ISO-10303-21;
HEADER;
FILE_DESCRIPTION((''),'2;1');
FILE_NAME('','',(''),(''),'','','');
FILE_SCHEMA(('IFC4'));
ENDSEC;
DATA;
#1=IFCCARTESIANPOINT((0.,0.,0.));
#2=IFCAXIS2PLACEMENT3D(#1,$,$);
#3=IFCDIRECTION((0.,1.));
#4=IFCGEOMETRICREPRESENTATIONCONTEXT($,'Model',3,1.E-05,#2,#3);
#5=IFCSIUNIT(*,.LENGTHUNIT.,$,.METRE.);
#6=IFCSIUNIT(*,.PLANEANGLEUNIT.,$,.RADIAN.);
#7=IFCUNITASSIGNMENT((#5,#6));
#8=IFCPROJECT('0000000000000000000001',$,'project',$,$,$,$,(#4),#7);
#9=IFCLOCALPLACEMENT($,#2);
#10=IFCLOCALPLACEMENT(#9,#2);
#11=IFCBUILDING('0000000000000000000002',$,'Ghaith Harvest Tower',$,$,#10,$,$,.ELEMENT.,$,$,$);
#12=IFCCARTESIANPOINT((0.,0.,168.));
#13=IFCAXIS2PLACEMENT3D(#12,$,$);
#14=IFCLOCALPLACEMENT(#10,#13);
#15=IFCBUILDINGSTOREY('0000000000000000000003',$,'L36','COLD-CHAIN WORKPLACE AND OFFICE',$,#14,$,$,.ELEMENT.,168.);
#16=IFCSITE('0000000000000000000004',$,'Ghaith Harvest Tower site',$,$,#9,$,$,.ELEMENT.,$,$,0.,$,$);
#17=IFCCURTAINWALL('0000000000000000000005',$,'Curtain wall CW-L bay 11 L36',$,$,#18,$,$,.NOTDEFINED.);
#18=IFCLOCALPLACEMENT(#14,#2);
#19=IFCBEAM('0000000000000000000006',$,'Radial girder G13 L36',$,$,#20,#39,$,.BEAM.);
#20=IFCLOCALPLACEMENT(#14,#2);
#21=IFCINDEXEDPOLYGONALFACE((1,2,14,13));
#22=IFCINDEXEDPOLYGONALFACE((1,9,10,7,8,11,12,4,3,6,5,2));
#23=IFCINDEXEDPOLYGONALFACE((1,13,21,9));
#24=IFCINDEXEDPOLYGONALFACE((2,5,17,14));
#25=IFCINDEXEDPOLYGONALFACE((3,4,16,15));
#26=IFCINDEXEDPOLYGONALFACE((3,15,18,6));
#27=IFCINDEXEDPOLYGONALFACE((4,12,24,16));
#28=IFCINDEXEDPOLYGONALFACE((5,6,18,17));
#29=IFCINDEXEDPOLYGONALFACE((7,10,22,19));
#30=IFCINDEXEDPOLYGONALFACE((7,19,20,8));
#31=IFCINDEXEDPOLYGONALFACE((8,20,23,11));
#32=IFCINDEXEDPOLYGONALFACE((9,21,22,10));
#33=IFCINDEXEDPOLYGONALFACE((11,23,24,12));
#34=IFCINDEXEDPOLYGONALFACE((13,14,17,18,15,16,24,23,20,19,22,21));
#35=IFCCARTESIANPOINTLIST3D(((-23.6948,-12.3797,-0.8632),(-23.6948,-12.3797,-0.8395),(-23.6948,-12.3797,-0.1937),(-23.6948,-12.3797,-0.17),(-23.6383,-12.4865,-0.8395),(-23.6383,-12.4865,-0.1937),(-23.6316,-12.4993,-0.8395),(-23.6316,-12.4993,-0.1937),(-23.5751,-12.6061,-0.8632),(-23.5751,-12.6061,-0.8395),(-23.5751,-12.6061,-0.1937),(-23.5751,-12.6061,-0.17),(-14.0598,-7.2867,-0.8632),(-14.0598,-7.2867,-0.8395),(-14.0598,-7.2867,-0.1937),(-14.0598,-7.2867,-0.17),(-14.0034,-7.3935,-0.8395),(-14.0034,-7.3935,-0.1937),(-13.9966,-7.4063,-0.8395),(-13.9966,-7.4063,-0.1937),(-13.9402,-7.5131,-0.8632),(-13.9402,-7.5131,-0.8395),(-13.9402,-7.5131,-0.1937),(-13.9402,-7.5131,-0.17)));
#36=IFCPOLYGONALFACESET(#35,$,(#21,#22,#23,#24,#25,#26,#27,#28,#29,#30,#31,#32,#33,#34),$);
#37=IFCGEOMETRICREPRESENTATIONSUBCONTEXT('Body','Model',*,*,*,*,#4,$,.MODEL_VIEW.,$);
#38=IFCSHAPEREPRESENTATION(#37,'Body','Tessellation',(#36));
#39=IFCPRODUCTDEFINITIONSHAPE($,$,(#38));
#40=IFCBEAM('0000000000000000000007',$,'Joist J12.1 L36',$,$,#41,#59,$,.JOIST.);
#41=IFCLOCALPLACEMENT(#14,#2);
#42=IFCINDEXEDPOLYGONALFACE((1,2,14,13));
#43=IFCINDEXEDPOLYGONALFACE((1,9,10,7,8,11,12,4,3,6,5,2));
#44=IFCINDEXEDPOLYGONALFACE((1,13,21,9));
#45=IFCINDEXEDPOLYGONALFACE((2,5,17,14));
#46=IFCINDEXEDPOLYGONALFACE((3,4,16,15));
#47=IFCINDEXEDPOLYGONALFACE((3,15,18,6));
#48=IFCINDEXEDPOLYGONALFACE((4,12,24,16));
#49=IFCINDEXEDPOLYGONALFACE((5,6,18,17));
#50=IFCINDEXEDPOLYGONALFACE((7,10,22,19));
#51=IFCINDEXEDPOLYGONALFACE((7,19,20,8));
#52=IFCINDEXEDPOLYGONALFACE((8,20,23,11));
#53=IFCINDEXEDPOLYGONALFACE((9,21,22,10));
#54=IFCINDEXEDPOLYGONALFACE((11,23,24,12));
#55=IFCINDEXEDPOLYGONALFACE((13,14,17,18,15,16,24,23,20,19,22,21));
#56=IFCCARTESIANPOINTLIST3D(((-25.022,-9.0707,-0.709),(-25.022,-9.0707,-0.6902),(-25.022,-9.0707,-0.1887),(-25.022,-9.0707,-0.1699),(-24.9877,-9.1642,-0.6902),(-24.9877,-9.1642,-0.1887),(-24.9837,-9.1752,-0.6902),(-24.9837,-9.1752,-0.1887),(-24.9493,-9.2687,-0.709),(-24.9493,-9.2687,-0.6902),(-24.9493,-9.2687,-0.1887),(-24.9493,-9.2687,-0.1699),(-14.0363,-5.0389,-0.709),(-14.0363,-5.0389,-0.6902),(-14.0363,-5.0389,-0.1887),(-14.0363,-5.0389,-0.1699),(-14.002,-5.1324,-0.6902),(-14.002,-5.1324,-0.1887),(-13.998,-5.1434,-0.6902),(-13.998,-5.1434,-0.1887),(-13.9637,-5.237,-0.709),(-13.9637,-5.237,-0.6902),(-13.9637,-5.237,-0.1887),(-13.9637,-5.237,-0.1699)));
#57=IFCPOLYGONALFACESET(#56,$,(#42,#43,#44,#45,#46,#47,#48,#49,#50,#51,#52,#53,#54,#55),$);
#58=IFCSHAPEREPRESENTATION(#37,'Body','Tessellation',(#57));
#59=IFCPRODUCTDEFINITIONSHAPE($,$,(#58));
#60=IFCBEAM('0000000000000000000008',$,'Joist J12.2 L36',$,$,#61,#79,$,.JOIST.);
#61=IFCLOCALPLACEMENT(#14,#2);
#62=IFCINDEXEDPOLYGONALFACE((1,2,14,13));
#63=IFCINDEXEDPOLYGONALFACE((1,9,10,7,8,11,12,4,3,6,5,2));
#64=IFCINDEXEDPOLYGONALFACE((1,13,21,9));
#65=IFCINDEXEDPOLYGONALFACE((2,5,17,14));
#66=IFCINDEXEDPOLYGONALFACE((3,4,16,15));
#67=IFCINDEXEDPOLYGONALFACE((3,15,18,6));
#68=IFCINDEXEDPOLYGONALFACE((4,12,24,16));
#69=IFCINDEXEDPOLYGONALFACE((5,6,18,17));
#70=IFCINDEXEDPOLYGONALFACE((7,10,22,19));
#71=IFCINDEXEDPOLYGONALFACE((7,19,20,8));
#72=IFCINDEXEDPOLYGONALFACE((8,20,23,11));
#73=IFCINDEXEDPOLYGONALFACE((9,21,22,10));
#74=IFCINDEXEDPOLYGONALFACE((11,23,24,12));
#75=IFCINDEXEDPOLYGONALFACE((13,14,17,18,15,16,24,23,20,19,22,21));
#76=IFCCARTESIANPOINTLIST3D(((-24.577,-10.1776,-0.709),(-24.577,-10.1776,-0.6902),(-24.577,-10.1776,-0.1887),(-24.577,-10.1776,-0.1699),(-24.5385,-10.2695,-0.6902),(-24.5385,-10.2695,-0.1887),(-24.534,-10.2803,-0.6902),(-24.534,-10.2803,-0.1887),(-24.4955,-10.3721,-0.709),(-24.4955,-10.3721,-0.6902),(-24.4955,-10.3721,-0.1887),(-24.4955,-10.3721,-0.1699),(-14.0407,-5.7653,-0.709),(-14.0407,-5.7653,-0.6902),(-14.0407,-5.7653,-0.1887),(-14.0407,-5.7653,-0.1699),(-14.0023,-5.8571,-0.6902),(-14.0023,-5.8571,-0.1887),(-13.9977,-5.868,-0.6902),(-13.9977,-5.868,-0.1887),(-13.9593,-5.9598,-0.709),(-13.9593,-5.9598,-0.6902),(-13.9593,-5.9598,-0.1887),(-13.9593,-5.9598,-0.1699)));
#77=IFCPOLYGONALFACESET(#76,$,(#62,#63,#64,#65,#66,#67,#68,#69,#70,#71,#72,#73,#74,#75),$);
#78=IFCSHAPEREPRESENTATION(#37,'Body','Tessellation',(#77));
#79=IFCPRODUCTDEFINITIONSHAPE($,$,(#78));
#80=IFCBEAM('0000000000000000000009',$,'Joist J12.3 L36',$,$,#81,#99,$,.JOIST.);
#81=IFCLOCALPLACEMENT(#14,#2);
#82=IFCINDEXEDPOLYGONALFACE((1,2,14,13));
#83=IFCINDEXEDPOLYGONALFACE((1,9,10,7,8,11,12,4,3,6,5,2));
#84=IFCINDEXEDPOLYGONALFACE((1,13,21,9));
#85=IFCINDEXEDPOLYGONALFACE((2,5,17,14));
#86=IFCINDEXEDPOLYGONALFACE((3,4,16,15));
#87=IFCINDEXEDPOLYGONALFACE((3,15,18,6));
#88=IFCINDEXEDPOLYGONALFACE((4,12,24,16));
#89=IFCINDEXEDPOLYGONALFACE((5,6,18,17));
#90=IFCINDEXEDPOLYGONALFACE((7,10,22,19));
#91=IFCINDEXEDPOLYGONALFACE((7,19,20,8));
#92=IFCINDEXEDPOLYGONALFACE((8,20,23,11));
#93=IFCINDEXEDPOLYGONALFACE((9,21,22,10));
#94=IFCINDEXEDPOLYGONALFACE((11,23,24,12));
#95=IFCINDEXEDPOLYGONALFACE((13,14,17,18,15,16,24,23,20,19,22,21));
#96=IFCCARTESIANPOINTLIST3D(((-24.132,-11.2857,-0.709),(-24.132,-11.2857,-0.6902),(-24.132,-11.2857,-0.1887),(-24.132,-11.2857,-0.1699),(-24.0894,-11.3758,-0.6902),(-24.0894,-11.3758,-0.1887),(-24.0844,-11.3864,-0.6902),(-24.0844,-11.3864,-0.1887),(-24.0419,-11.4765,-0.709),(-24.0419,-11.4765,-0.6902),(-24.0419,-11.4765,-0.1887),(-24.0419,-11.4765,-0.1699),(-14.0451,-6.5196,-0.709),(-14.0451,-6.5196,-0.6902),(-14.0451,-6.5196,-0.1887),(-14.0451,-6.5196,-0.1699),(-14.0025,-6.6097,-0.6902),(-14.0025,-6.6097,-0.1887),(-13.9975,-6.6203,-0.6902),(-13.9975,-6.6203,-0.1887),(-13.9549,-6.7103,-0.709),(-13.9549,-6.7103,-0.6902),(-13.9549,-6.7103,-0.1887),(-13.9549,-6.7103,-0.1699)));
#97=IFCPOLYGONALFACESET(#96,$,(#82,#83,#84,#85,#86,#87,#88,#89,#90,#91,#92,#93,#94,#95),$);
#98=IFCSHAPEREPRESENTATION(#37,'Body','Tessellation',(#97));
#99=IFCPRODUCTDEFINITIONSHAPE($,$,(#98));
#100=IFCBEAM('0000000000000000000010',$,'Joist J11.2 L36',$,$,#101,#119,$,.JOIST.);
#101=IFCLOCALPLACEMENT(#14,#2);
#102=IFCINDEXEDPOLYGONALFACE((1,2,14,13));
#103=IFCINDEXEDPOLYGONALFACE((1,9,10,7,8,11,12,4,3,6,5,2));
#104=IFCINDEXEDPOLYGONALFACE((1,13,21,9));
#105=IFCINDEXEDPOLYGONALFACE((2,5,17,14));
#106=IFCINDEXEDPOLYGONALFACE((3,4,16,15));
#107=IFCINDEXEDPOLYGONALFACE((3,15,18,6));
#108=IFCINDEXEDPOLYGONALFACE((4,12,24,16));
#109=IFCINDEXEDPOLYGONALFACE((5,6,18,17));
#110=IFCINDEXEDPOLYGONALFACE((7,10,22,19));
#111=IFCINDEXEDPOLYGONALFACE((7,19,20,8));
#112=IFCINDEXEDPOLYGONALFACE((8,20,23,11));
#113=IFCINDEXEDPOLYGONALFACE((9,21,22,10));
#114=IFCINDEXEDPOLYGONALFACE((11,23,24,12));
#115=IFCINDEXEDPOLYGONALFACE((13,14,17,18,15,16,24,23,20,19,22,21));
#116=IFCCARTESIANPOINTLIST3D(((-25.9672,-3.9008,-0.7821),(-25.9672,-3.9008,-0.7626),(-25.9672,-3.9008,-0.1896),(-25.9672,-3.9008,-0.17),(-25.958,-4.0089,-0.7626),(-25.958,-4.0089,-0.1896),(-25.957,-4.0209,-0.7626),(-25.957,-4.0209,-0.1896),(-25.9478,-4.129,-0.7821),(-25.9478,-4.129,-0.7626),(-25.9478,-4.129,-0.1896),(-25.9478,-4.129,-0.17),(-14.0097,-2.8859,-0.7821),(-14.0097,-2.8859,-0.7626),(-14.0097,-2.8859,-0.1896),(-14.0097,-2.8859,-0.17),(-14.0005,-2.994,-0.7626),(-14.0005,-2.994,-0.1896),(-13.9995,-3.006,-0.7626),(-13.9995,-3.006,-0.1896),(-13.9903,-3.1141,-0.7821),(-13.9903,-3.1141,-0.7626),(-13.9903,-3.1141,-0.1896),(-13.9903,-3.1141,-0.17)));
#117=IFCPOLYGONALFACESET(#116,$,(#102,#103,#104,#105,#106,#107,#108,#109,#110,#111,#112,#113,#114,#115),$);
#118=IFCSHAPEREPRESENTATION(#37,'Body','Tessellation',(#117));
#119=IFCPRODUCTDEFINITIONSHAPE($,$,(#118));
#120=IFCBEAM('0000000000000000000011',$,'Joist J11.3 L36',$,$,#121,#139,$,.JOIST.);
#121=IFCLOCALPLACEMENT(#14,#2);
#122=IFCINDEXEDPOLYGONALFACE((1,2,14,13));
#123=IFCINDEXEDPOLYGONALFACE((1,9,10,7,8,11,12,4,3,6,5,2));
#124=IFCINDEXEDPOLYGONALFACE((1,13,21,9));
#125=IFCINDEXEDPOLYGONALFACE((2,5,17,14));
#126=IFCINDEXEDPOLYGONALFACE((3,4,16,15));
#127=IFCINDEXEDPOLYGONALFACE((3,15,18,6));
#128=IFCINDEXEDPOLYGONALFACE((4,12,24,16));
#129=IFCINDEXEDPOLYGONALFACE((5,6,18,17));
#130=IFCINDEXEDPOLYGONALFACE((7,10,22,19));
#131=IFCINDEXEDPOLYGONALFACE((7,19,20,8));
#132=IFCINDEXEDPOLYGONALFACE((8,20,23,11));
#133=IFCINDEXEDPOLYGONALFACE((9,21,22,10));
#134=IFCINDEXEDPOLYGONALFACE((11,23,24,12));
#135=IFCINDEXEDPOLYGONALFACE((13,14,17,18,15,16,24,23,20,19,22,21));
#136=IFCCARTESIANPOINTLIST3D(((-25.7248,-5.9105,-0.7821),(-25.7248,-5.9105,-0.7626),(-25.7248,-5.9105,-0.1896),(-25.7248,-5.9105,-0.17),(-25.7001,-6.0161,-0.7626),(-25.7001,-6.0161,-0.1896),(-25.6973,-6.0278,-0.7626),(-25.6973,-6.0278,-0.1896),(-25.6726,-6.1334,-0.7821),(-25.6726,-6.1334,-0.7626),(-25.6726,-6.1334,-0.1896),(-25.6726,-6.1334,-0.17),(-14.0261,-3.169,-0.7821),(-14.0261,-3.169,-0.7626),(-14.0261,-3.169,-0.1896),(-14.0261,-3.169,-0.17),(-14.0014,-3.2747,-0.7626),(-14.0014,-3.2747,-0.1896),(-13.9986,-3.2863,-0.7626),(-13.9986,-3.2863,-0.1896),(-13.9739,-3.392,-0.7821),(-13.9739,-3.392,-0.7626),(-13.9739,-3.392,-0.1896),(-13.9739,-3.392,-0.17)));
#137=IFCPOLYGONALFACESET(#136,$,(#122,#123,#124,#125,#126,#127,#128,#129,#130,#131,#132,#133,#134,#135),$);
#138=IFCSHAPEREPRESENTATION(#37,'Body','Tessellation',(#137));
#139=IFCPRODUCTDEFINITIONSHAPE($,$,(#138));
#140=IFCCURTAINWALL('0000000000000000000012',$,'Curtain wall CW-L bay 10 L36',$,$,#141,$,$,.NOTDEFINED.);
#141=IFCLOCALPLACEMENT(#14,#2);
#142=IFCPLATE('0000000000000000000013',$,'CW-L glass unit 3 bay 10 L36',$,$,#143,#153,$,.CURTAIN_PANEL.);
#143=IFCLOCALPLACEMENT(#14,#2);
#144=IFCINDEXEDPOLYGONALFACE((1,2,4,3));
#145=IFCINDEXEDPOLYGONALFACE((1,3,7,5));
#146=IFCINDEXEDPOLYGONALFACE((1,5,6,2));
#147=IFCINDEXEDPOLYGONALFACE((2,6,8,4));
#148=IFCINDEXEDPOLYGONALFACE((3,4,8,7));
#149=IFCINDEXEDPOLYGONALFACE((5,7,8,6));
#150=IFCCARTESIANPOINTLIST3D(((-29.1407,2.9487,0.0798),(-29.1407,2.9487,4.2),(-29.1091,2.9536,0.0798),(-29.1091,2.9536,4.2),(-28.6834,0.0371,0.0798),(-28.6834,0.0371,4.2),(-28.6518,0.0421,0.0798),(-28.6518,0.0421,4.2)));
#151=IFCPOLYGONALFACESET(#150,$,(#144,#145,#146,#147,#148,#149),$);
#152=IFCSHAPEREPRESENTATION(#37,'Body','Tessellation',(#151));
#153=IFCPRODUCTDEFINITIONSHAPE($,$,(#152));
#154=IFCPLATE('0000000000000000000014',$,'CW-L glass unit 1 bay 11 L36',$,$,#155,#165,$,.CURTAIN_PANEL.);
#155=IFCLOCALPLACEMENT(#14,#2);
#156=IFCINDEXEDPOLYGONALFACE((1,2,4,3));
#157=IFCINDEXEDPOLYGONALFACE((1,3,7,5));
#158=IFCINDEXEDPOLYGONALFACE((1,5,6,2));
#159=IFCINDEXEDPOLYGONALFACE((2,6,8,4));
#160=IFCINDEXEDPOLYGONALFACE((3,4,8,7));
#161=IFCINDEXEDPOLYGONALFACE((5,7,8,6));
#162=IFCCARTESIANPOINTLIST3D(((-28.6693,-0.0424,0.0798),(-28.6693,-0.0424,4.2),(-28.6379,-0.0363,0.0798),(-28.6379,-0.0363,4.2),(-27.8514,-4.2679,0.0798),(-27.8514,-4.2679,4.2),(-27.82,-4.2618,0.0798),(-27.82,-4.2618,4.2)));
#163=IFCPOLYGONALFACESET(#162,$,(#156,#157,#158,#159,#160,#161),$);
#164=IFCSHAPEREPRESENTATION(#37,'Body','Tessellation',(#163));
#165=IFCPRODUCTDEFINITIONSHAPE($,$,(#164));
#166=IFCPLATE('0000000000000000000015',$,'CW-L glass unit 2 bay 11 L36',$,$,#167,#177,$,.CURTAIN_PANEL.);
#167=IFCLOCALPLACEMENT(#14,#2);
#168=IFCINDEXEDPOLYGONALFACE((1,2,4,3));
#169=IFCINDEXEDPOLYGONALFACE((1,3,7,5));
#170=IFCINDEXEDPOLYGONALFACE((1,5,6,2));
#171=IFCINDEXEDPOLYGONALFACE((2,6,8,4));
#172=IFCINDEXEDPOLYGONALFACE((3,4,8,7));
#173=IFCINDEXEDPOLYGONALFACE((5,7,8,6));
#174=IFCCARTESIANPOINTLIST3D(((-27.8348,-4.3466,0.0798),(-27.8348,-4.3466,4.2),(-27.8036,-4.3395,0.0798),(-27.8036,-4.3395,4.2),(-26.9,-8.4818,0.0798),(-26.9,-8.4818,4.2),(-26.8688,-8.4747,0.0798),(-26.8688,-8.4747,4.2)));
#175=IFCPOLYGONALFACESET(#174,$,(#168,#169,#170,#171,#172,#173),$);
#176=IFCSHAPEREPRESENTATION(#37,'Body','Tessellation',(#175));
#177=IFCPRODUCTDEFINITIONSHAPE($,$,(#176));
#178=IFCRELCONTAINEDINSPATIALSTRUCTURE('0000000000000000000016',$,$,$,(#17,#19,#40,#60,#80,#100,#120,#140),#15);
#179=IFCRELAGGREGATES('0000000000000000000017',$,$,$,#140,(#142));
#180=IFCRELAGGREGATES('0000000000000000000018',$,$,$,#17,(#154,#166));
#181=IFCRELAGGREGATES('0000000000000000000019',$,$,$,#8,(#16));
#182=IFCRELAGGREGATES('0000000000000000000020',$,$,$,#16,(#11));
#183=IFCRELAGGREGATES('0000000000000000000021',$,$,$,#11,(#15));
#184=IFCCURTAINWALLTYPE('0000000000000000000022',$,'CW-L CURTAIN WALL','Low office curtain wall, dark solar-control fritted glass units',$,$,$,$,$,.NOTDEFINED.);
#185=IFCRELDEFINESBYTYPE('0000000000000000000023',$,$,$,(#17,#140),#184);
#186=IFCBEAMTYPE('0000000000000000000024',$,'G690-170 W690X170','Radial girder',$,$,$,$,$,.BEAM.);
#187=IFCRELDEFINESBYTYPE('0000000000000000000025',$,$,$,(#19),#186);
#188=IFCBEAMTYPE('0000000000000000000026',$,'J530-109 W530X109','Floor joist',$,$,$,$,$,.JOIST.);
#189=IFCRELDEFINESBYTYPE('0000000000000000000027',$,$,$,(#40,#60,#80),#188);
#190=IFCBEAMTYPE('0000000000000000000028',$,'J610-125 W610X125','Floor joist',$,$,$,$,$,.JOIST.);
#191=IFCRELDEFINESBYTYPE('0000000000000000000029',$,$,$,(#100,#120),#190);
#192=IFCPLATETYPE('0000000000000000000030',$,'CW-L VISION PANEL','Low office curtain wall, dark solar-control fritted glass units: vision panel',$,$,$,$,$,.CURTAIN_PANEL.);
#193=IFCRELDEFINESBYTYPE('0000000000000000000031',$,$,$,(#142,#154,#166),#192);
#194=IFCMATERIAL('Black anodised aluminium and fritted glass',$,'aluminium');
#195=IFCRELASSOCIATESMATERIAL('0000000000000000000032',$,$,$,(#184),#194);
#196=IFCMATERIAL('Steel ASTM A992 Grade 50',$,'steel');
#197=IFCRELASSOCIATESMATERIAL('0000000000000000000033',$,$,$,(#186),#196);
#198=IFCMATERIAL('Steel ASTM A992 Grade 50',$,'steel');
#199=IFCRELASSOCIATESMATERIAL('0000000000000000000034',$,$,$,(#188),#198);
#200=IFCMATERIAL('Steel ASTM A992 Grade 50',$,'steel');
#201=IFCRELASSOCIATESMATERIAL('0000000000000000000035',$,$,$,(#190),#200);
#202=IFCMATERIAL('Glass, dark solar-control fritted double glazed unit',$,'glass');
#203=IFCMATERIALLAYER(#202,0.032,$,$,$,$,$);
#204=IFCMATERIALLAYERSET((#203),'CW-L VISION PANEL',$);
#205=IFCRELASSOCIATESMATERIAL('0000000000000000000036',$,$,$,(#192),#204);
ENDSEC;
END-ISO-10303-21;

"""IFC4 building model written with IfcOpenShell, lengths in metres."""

from ifc_helpers import new_model, si_unit, direction, frame, origin, origin_2d, place, context, subcontext, project, spatial, rectangle, i_section, extrude, material, layer, layer_set, material_profile, profile_set, type_object, element, aggregate, save


model = new_model("IFC4")

# Units and contexts
model_context = context("Model", 3, precision=1e-05, world=origin(), true_north=direction((0.0, 1.0)))
body_context = subcontext(model_context, "Body", "Model", "MODEL_VIEW")
ifc_project = project(units=[si_unit("LENGTHUNIT", "METRE"), si_unit("PLANEANGLEUNIT", "RADIAN")], contexts=[model_context])

# Site, building, storey
site_placement = place(None, origin())
site = spatial("IfcSite", under=ifc_project, at=site_placement, Name="Ghaith Harvest Tower site", CompositionType="ELEMENT", RefElevation=0.0)
building_placement = place(site_placement, origin())
building = spatial("IfcBuilding", under=site, at=building_placement, Name="Ghaith Harvest Tower", CompositionType="ELEMENT")
storey_placement = place(building_placement, frame((0.0, 0.0, 168.0)))
storey = spatial("IfcBuildingStorey", under=building, at=storey_placement, Name="L36", Description="COLD-CHAIN WORKPLACE AND OFFICE", CompositionType="ELEMENT", Elevation=168.0)

# Curtain wall
ifc_material_1 = material(Name="Black anodised aluminium and fritted glass", Category="aluminium")
curtain_wall_type = type_object("IfcCurtainWallType", Name="CW-L CURTAIN WALL", Description="Low office curtain wall, dark solar-control fritted glass units", PredefinedType="NOTDEFINED", material=ifc_material_1)
curtain_wall_1_placement = place(storey_placement, origin())
curtain_wall_1 = element("IfcCurtainWall", 1, at=curtain_wall_1_placement, inside=storey, type_object=curtain_wall_type, Name="Curtain wall CW-L bay 11 L36", PredefinedType="NOTDEFINED")

# Beams
ifc_material_2 = material(Name="Steel ASTM A992 Grade 50", Category="steel")
ifc_material_profile_1 = material_profile(ifc_material_2, i_section(OverallWidth=0.2561, OverallDepth=0.6931, WebThickness=0.0144, FlangeThickness=0.0237, at=origin_2d()), Name="W690X170")
ifc_profile_set_1 = profile_set([ifc_material_profile_1], Name="Steel ASTM A992 Grade 50")
beam_type_1 = type_object("IfcBeamType", Name="G690-170 W690X170", Description="Radial girder", PredefinedType="BEAM", material=ifc_profile_set_1)
beam_1_placement = place(storey_placement, frame((-14.0, -7.3999, -0.5166), z_axis=(-0.884086, -0.467324, 0.0), x_axis=(0.467324, -0.884086, 0.0)))
element("IfcBeam", 2, at=beam_1_placement, inside=storey, type_object=beam_type_1, Name="Radial girder G13 L36", PredefinedType="BEAM", context=body_context, shape_type="SweptSolid", body=[
    extrude(i_section(OverallWidth=0.2561, OverallDepth=0.6931, WebThickness=0.0144, FlangeThickness=0.0237, at=origin_2d()), origin(), (0.0, 0.0, 1.0), 10.8982),
])
ifc_material_3 = material(Name="Steel ASTM A992 Grade 50", Category="steel")
ifc_material_profile_2 = material_profile(ifc_material_3, i_section(OverallWidth=0.2109, OverallDepth=0.5391, WebThickness=0.0117, FlangeThickness=0.0188, at=origin_2d()), Name="W530X109")
ifc_profile_set_2 = profile_set([ifc_material_profile_2], Name="Steel ASTM A992 Grade 50")
beam_type_2 = type_object("IfcBeamType", Name="J530-109 W530X109", Description="Floor joist", PredefinedType="JOIST", material=ifc_profile_set_2)
beam_2_placement = place(storey_placement, frame((-14.0, -5.1379, -0.4395), z_axis=(-0.938774, -0.344532, 0.0), x_axis=(0.344532, -0.938774, 0.0)))
element("IfcBeam", 3, at=beam_2_placement, inside=storey, type_object=beam_type_2, Name="Joist J12.1 L36", PredefinedType="JOIST", context=body_context, shape_type="SweptSolid", body=[
    extrude(i_section(OverallWidth=0.2109, OverallDepth=0.5391, WebThickness=0.0117, FlangeThickness=0.0188, at=origin_2d()), origin(), (0.0, 0.0, 1.0), 11.7021),
])
beam_3_placement = place(storey_placement, frame((-14.0, -5.8625, -0.4395), z_axis=(-0.922386, -0.38627, 0.0), x_axis=(0.38627, -0.922386, 0.0)))
element("IfcBeam", 4, at=beam_3_placement, inside=storey, type_object=beam_type_2, Name="Joist J12.2 L36", PredefinedType="JOIST", context=body_context, shape_type="SweptSolid", body=[
    extrude(i_section(OverallWidth=0.2109, OverallDepth=0.5391, WebThickness=0.0117, FlangeThickness=0.0188, at=origin_2d()), origin(), (0.0, 0.0, 1.0), 11.4229),
])
beam_4_placement = place(storey_placement, frame((-14.0, -6.615, -0.4395), z_axis=(-0.90415, -0.427215, 0.0), x_axis=(0.427215, -0.90415, 0.0)))
element("IfcBeam", 5, at=beam_4_placement, inside=storey, type_object=beam_type_2, Name="Joist J12.3 L36", PredefinedType="JOIST", context=body_context, shape_type="SweptSolid", body=[
    extrude(i_section(OverallWidth=0.2109, OverallDepth=0.5391, WebThickness=0.0117, FlangeThickness=0.0188, at=origin_2d()), origin(), (0.0, 0.0, 1.0), 11.1562),
])
ifc_material_4 = material(Name="Steel ASTM A992 Grade 50", Category="steel")
ifc_material_profile_3 = material_profile(ifc_material_4, i_section(OverallWidth=0.229, OverallDepth=0.6121, WebThickness=0.012, FlangeThickness=0.0195, at=origin_2d()), Name="W610X125")
ifc_profile_set_3 = profile_set([ifc_material_profile_3], Name="Steel ASTM A992 Grade 50")
beam_type_3 = type_object("IfcBeamType", Name="J610-125 W610X125", Description="Floor joist", PredefinedType="JOIST", material=ifc_profile_set_3)
beam_5_placement = place(storey_placement, frame((-14.0, -3.0, -0.4761), z_axis=(-0.996417, -0.084571, 0.0), x_axis=(0.084571, -0.996417, 0.0)))
element("IfcBeam", 6, at=beam_5_placement, inside=storey, type_object=beam_type_3, Name="Joist J11.2 L36", PredefinedType="JOIST", context=body_context, shape_type="SweptSolid", body=[
    extrude(i_section(OverallWidth=0.229, OverallDepth=0.6121, WebThickness=0.012, FlangeThickness=0.0195, at=origin_2d()), origin(), (0.0, 0.0, 1.0), 12.0005),
])
beam_6_placement = place(storey_placement, frame((-14.0, -3.2805, -0.4761), z_axis=(-0.973624, -0.228157, 0.0), x_axis=(0.228157, -0.973624, 0.0)))
element("IfcBeam", 7, at=beam_6_placement, inside=storey, type_object=beam_type_3, Name="Joist J11.3 L36", PredefinedType="JOIST", context=body_context, shape_type="SweptSolid", body=[
    extrude(i_section(OverallWidth=0.229, OverallDepth=0.6121, WebThickness=0.012, FlangeThickness=0.0195, at=origin_2d()), origin(), (0.0, 0.0, 1.0), 12.0156),
])

# Curtain wall, plate
curtain_wall_2_placement = place(storey_placement, origin())
curtain_wall_2 = element("IfcCurtainWall", 8, at=curtain_wall_2_placement, inside=storey, type_object=curtain_wall_type, Name="Curtain wall CW-L bay 10 L36", PredefinedType="NOTDEFINED")
ifc_material_5 = material(Name="Glass, dark solar-control fritted double glazed unit", Category="glass")
ifc_layer_1 = layer(ifc_material_5, 0.032)
ifc_layer_set_1 = layer_set([ifc_layer_1], Name="CW-L VISION PANEL")
plate_type_1 = type_object("IfcPlateType", Name="CW-L VISION PANEL", Description="Low office curtain wall, dark solar-control fritted glass units: vision panel", PredefinedType="CURTAIN_PANEL", material=ifc_layer_set_1)
plate_1_placement = place(storey_placement, frame((-28.8962, 1.4954, 0.0798), z_axis=(0.0, 0.0, 1.0), x_axis=(0.155172, -0.987887, 0.0)))
plate_1 = element("IfcPlate", 9, at=plate_1_placement, type_object=plate_type_1, Name="CW-L glass unit 3 bay 10 L36", PredefinedType="CURTAIN_PANEL", context=body_context, shape_type="SweptSolid", body=[
    extrude(rectangle(XDim=2.9473, YDim=0.032, at=origin_2d()), origin(), (0.0, 0.0, 1.0), 4.1201),
])
aggregate(curtain_wall_2, [plate_1])

# Plates
plate_2_placement = place(storey_placement, frame((-28.2446, -2.1521, 0.0798), z_axis=(0.0, 0.0, 1.0), x_axis=(0.190045, -0.981775, 0.0)))
plate_2 = element("IfcPlate", 10, at=plate_2_placement, type_object=plate_type_1, Name="CW-L glass unit 1 bay 11 L36", PredefinedType="CURTAIN_PANEL", context=body_context, shape_type="SweptSolid", body=[
    extrude(rectangle(XDim=4.304, YDim=0.032, at=origin_2d()), origin(), (0.0, 0.0, 1.0), 4.1201),
])
plate_3_placement = place(storey_placement, frame((-27.3518, -6.4106, 0.0798), z_axis=(0.0, 0.0, 1.0), x_axis=(0.220483, -0.975391, 0.0)))
plate_3 = element("IfcPlate", 11, at=plate_3_placement, type_object=plate_type_1, Name="CW-L glass unit 2 bay 11 L36", PredefinedType="CURTAIN_PANEL", context=body_context, shape_type="SweptSolid", body=[
    extrude(rectangle(XDim=4.2395, YDim=0.032, at=origin_2d()), origin(), (0.0, 0.0, 1.0), 4.1201),
])
aggregate(curtain_wall_1, [plate_2, plate_3])

save(model, "model.ifc")
